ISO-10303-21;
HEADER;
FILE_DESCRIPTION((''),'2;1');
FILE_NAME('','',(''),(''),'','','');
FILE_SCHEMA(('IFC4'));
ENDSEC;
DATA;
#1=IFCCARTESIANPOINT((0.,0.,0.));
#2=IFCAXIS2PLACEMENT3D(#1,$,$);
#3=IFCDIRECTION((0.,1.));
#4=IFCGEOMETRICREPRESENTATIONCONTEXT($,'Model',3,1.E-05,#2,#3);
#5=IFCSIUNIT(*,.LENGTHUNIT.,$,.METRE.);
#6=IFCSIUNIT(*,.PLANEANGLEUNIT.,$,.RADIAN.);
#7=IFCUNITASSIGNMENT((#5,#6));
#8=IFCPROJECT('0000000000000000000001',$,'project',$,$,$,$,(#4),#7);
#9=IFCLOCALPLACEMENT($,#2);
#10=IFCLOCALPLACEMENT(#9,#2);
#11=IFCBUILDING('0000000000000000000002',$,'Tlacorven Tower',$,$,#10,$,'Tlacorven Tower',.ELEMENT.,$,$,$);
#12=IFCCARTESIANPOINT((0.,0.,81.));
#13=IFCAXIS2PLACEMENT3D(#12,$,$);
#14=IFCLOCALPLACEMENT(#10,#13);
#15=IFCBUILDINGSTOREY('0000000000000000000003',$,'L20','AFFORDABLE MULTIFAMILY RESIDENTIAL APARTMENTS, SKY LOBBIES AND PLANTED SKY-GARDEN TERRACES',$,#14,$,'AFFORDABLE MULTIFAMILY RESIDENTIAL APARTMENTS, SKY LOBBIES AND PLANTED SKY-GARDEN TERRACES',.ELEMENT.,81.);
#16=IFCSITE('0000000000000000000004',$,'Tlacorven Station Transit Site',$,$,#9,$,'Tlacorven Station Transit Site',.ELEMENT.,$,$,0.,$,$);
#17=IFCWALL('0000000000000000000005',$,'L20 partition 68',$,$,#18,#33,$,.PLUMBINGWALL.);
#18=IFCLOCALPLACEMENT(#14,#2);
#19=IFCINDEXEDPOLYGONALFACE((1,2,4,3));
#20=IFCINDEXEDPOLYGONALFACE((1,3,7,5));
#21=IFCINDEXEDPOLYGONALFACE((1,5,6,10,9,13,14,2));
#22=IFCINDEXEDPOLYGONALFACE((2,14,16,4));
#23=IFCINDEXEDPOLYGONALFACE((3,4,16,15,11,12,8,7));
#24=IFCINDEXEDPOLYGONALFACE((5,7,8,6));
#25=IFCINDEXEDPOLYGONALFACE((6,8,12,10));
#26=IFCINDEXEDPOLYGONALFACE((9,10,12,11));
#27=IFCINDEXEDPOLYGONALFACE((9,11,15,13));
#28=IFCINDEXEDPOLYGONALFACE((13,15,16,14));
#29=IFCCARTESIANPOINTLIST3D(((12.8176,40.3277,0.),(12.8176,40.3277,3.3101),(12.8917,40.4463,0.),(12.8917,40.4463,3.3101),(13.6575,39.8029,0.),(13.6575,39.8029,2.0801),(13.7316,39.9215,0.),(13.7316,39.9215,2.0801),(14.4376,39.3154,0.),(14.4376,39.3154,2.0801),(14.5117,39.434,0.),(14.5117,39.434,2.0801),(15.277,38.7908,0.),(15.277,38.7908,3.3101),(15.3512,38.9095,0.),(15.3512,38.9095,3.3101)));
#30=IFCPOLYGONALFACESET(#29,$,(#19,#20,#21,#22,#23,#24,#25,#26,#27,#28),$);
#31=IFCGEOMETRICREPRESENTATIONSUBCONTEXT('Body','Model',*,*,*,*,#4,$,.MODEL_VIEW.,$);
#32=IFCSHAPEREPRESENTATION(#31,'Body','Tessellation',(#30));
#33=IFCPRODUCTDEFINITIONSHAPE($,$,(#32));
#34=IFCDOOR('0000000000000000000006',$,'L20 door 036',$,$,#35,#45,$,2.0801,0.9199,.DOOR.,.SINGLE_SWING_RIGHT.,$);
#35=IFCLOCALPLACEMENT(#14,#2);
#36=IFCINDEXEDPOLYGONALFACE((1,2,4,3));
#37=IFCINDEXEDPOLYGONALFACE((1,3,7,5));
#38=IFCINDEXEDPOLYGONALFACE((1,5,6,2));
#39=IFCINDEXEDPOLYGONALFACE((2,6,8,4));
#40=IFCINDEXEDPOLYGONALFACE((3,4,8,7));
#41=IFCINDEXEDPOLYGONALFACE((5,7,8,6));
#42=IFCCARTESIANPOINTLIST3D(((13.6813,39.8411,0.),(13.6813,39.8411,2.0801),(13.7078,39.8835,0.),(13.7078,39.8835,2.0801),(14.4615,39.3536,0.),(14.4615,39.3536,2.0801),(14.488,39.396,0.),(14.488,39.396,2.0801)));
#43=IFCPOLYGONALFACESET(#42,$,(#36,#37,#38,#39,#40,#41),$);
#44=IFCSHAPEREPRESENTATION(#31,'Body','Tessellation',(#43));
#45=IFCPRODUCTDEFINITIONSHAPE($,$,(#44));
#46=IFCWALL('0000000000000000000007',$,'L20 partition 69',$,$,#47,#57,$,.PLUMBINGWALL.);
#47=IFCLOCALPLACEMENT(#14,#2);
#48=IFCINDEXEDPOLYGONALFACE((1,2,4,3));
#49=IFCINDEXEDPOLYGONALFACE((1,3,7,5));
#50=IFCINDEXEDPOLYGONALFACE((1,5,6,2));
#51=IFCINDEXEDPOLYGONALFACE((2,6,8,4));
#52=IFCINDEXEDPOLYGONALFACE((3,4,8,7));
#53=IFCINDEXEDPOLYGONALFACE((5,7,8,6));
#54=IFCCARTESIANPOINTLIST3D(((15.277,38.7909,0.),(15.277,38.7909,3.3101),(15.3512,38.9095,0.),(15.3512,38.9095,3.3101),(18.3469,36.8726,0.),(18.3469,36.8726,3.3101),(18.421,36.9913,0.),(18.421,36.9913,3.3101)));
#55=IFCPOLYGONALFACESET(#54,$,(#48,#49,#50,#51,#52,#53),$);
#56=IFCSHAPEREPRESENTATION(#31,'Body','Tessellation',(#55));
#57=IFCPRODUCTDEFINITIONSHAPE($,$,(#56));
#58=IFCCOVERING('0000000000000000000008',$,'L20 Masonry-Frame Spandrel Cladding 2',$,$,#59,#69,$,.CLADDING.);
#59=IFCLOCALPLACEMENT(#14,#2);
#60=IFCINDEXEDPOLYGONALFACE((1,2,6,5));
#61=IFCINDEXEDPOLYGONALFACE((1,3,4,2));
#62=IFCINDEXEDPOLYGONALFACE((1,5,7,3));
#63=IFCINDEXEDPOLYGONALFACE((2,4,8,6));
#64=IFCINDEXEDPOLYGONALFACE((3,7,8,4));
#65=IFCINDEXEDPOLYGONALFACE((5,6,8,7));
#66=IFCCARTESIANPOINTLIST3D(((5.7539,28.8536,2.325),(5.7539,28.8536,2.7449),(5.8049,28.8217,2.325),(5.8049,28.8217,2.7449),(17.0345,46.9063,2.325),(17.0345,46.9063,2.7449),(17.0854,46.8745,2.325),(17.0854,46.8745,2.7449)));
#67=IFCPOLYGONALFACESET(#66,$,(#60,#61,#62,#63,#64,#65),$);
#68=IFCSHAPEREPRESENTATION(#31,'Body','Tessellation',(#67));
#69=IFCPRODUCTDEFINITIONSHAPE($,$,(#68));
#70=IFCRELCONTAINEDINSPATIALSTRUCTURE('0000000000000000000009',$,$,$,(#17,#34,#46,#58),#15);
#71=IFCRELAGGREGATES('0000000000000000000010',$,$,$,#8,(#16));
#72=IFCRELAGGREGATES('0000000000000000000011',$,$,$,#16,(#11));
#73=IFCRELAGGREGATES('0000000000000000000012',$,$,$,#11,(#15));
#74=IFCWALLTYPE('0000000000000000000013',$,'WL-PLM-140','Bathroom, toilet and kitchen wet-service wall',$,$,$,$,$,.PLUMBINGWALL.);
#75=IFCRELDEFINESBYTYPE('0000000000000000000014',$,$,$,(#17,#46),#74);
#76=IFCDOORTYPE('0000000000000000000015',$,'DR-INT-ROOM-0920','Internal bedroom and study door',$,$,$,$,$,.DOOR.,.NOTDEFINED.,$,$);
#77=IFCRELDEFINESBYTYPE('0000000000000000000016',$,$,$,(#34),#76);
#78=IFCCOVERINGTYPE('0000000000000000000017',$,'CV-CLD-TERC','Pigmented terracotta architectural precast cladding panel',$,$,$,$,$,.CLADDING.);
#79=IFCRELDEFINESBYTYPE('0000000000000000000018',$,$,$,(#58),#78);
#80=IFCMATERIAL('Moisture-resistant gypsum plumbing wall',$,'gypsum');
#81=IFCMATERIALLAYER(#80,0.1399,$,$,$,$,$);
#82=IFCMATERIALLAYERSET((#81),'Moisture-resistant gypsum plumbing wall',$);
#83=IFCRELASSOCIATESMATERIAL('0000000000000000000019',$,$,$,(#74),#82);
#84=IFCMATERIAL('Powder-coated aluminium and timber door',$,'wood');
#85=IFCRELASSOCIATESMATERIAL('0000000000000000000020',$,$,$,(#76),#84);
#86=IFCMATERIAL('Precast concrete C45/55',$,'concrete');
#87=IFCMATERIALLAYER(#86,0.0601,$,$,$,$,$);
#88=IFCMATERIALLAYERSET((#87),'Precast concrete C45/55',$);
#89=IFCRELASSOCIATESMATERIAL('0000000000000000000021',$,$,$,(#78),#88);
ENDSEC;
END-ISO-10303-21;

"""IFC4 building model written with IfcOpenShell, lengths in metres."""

from ifc_helpers import new_model, si_unit, direction, frame, frame_2d, origin, origin_2d, place, context, subcontext, project, spatial, rectangle, extrude, source, transform, mapped, material, layer, layer_set, type_object, element, fill, save


model = new_model("IFC4")

# Units and contexts
model_context = context("Model", 3, precision=1e-05, world=origin(), true_north=direction((0.0, 1.0)))
body_context = subcontext(model_context, "Body", "Model", "MODEL_VIEW")
ifc_project = project(units=[si_unit("LENGTHUNIT", "METRE"), si_unit("PLANEANGLEUNIT", "RADIAN")], contexts=[model_context])

# Site, building, storey
site_placement = place(None, origin())
site = spatial("IfcSite", under=ifc_project, at=site_placement, Name="Tlacorven Station Transit Site", LongName="Tlacorven Station Transit Site", CompositionType="ELEMENT", RefElevation=0.0)
building_placement = place(site_placement, origin())
building = spatial("IfcBuilding", under=site, at=building_placement, Name="Tlacorven Tower", LongName="Tlacorven Tower", CompositionType="ELEMENT")
storey_placement = place(building_placement, frame((0.0, 0.0, 81.0)))
storey = spatial("IfcBuildingStorey", under=building, at=storey_placement, Name="L20", Description="AFFORDABLE MULTIFAMILY RESIDENTIAL APARTMENTS, SKY LOBBIES AND PLANTED SKY-GARDEN TERRACES", LongName="AFFORDABLE MULTIFAMILY RESIDENTIAL APARTMENTS, SKY LOBBIES AND PLANTED SKY-GARDEN TERRACES", CompositionType="ELEMENT", Elevation=81.0)

# Wall, opening, door
ifc_material_1 = material(Name="Moisture-resistant gypsum plumbing wall", Category="gypsum")
ifc_layer_1 = layer(ifc_material_1, 0.1399)
ifc_layer_set_1 = layer_set([ifc_layer_1], Name="Moisture-resistant gypsum plumbing wall")
wall_type_1 = type_object("IfcWallType", Name="WL-PLM-140", Description="Bathroom, toilet and kitchen wet-service wall", PredefinedType="PLUMBINGWALL", material=ifc_layer_set_1)
wall_1_placement = place(storey_placement, frame((15.3142, 38.8501, 0.0), z_axis=(0.0, 0.0, 1.0), x_axis=(-0.848046, 0.529923, 0.0)))
wall_1 = element("IfcWall", 1, at=wall_1_placement, inside=storey, type_object=wall_type_1, Name="L20 partition 68", PredefinedType="PLUMBINGWALL", context=body_context, shape_type="SweptSolid", body=[
    extrude(rectangle(XDim=2.9001, YDim=0.1399, at=frame_2d((1.4502, 0.0))), origin(), (0.0, 0.0, 1.0), 3.3101),
])
opening_placement = place(wall_1_placement, frame((0.99, 0.0, 0.0)))
opening = element("IfcOpeningElement", 2, at=opening_placement, cuts=wall_1, PredefinedType="OPENING", context=body_context, shape_type="SweptSolid", body=[
    extrude(rectangle(XDim=0.9199, YDim=2.0801, at=frame_2d((0.46, 1.04))), frame((0.0, 0.0801, 0.0), z_axis=(0.0, -1.0, 0.0), x_axis=(1.0, 0.0, 0.0)), (0.0, 0.0, 1.0), 0.1599),
])
ifc_material_2 = material(Name="Powder-coated aluminium and timber door", Category="wood")
door_type = type_object("IfcDoorType", Name="DR-INT-ROOM-0920", Description="Internal bedroom and study door", OperationType="NOTDEFINED", PredefinedType="DOOR", material=ifc_material_2)
shared_shape_1 = source(origin(), body_context, "Body", "SweptSolid", [
    extrude(rectangle(XDim=0.9199, YDim=2.0801, at=frame_2d((0.46, 1.04))), frame((0.0, 0.0249, 0.0), z_axis=(0.0, -1.0, 0.0), x_axis=(1.0, 0.0, 0.0)), (0.0, 0.0, 1.0), 0.05),
])
door_placement = place(opening_placement, origin())
door = element("IfcDoor", 3, at=door_placement, inside=storey, type_object=door_type, Name="L20 door 036", OperationType="SINGLE_SWING_RIGHT", OverallHeight=2.0801, OverallWidth=0.9199, PredefinedType="DOOR", context=body_context, shape_type="MappedRepresentation", body=[
    mapped(shared_shape_1, transform((0.0, 0.0, 0.0), scale=1.0)),
])
fill(opening, door)

# Wall
wall_2_placement = place(storey_placement, frame((18.384, 36.9319, 0.0), z_axis=(0.0, 0.0, 1.0), x_axis=(-0.848051, 0.529914, 0.0)))
element("IfcWall", 4, at=wall_2_placement, inside=storey, type_object=wall_type_1, Name="L20 partition 69", PredefinedType="PLUMBINGWALL", context=body_context, shape_type="SweptSolid", body=[
    extrude(rectangle(XDim=3.6199, YDim=0.1399, at=frame_2d((1.8101, 0.0))), origin(), (0.0, 0.0, 1.0), 3.3101),
])

# Covering
ifc_material_3 = material(Name="Precast concrete C45/55", Category="concrete")
ifc_layer_2 = layer(ifc_material_3, 0.0601)
ifc_layer_set_2 = layer_set([ifc_layer_2], Name="Precast concrete C45/55")
covering_type = type_object("IfcCoveringType", Name="CV-CLD-TERC", Description="Pigmented terracotta architectural precast cladding panel", PredefinedType="CLADDING", material=ifc_layer_set_2)
shared_shape_2 = source(origin(), body_context, "Body", "SweptSolid", [
    extrude(rectangle(XDim=21.2874, YDim=0.0601, at=origin_2d()), origin(), (0.0, 0.0, 1.0), 0.4199),
])
covering_placement = place(storey_placement, frame((11.4197, 37.864, 2.325), z_axis=(0.0, 0.0, 1.0), x_axis=(0.529919, 0.848048, 0.0)))
element("IfcCovering", 5, at=covering_placement, inside=storey, type_object=covering_type, Name="L20 Masonry-Frame Spandrel Cladding 2", PredefinedType="CLADDING", context=body_context, shape_type="MappedRepresentation", body=[
    mapped(shared_shape_2, transform((0.0, 0.0, 0.0), scale=1.0)),
])

save(model, "model.ifc")
